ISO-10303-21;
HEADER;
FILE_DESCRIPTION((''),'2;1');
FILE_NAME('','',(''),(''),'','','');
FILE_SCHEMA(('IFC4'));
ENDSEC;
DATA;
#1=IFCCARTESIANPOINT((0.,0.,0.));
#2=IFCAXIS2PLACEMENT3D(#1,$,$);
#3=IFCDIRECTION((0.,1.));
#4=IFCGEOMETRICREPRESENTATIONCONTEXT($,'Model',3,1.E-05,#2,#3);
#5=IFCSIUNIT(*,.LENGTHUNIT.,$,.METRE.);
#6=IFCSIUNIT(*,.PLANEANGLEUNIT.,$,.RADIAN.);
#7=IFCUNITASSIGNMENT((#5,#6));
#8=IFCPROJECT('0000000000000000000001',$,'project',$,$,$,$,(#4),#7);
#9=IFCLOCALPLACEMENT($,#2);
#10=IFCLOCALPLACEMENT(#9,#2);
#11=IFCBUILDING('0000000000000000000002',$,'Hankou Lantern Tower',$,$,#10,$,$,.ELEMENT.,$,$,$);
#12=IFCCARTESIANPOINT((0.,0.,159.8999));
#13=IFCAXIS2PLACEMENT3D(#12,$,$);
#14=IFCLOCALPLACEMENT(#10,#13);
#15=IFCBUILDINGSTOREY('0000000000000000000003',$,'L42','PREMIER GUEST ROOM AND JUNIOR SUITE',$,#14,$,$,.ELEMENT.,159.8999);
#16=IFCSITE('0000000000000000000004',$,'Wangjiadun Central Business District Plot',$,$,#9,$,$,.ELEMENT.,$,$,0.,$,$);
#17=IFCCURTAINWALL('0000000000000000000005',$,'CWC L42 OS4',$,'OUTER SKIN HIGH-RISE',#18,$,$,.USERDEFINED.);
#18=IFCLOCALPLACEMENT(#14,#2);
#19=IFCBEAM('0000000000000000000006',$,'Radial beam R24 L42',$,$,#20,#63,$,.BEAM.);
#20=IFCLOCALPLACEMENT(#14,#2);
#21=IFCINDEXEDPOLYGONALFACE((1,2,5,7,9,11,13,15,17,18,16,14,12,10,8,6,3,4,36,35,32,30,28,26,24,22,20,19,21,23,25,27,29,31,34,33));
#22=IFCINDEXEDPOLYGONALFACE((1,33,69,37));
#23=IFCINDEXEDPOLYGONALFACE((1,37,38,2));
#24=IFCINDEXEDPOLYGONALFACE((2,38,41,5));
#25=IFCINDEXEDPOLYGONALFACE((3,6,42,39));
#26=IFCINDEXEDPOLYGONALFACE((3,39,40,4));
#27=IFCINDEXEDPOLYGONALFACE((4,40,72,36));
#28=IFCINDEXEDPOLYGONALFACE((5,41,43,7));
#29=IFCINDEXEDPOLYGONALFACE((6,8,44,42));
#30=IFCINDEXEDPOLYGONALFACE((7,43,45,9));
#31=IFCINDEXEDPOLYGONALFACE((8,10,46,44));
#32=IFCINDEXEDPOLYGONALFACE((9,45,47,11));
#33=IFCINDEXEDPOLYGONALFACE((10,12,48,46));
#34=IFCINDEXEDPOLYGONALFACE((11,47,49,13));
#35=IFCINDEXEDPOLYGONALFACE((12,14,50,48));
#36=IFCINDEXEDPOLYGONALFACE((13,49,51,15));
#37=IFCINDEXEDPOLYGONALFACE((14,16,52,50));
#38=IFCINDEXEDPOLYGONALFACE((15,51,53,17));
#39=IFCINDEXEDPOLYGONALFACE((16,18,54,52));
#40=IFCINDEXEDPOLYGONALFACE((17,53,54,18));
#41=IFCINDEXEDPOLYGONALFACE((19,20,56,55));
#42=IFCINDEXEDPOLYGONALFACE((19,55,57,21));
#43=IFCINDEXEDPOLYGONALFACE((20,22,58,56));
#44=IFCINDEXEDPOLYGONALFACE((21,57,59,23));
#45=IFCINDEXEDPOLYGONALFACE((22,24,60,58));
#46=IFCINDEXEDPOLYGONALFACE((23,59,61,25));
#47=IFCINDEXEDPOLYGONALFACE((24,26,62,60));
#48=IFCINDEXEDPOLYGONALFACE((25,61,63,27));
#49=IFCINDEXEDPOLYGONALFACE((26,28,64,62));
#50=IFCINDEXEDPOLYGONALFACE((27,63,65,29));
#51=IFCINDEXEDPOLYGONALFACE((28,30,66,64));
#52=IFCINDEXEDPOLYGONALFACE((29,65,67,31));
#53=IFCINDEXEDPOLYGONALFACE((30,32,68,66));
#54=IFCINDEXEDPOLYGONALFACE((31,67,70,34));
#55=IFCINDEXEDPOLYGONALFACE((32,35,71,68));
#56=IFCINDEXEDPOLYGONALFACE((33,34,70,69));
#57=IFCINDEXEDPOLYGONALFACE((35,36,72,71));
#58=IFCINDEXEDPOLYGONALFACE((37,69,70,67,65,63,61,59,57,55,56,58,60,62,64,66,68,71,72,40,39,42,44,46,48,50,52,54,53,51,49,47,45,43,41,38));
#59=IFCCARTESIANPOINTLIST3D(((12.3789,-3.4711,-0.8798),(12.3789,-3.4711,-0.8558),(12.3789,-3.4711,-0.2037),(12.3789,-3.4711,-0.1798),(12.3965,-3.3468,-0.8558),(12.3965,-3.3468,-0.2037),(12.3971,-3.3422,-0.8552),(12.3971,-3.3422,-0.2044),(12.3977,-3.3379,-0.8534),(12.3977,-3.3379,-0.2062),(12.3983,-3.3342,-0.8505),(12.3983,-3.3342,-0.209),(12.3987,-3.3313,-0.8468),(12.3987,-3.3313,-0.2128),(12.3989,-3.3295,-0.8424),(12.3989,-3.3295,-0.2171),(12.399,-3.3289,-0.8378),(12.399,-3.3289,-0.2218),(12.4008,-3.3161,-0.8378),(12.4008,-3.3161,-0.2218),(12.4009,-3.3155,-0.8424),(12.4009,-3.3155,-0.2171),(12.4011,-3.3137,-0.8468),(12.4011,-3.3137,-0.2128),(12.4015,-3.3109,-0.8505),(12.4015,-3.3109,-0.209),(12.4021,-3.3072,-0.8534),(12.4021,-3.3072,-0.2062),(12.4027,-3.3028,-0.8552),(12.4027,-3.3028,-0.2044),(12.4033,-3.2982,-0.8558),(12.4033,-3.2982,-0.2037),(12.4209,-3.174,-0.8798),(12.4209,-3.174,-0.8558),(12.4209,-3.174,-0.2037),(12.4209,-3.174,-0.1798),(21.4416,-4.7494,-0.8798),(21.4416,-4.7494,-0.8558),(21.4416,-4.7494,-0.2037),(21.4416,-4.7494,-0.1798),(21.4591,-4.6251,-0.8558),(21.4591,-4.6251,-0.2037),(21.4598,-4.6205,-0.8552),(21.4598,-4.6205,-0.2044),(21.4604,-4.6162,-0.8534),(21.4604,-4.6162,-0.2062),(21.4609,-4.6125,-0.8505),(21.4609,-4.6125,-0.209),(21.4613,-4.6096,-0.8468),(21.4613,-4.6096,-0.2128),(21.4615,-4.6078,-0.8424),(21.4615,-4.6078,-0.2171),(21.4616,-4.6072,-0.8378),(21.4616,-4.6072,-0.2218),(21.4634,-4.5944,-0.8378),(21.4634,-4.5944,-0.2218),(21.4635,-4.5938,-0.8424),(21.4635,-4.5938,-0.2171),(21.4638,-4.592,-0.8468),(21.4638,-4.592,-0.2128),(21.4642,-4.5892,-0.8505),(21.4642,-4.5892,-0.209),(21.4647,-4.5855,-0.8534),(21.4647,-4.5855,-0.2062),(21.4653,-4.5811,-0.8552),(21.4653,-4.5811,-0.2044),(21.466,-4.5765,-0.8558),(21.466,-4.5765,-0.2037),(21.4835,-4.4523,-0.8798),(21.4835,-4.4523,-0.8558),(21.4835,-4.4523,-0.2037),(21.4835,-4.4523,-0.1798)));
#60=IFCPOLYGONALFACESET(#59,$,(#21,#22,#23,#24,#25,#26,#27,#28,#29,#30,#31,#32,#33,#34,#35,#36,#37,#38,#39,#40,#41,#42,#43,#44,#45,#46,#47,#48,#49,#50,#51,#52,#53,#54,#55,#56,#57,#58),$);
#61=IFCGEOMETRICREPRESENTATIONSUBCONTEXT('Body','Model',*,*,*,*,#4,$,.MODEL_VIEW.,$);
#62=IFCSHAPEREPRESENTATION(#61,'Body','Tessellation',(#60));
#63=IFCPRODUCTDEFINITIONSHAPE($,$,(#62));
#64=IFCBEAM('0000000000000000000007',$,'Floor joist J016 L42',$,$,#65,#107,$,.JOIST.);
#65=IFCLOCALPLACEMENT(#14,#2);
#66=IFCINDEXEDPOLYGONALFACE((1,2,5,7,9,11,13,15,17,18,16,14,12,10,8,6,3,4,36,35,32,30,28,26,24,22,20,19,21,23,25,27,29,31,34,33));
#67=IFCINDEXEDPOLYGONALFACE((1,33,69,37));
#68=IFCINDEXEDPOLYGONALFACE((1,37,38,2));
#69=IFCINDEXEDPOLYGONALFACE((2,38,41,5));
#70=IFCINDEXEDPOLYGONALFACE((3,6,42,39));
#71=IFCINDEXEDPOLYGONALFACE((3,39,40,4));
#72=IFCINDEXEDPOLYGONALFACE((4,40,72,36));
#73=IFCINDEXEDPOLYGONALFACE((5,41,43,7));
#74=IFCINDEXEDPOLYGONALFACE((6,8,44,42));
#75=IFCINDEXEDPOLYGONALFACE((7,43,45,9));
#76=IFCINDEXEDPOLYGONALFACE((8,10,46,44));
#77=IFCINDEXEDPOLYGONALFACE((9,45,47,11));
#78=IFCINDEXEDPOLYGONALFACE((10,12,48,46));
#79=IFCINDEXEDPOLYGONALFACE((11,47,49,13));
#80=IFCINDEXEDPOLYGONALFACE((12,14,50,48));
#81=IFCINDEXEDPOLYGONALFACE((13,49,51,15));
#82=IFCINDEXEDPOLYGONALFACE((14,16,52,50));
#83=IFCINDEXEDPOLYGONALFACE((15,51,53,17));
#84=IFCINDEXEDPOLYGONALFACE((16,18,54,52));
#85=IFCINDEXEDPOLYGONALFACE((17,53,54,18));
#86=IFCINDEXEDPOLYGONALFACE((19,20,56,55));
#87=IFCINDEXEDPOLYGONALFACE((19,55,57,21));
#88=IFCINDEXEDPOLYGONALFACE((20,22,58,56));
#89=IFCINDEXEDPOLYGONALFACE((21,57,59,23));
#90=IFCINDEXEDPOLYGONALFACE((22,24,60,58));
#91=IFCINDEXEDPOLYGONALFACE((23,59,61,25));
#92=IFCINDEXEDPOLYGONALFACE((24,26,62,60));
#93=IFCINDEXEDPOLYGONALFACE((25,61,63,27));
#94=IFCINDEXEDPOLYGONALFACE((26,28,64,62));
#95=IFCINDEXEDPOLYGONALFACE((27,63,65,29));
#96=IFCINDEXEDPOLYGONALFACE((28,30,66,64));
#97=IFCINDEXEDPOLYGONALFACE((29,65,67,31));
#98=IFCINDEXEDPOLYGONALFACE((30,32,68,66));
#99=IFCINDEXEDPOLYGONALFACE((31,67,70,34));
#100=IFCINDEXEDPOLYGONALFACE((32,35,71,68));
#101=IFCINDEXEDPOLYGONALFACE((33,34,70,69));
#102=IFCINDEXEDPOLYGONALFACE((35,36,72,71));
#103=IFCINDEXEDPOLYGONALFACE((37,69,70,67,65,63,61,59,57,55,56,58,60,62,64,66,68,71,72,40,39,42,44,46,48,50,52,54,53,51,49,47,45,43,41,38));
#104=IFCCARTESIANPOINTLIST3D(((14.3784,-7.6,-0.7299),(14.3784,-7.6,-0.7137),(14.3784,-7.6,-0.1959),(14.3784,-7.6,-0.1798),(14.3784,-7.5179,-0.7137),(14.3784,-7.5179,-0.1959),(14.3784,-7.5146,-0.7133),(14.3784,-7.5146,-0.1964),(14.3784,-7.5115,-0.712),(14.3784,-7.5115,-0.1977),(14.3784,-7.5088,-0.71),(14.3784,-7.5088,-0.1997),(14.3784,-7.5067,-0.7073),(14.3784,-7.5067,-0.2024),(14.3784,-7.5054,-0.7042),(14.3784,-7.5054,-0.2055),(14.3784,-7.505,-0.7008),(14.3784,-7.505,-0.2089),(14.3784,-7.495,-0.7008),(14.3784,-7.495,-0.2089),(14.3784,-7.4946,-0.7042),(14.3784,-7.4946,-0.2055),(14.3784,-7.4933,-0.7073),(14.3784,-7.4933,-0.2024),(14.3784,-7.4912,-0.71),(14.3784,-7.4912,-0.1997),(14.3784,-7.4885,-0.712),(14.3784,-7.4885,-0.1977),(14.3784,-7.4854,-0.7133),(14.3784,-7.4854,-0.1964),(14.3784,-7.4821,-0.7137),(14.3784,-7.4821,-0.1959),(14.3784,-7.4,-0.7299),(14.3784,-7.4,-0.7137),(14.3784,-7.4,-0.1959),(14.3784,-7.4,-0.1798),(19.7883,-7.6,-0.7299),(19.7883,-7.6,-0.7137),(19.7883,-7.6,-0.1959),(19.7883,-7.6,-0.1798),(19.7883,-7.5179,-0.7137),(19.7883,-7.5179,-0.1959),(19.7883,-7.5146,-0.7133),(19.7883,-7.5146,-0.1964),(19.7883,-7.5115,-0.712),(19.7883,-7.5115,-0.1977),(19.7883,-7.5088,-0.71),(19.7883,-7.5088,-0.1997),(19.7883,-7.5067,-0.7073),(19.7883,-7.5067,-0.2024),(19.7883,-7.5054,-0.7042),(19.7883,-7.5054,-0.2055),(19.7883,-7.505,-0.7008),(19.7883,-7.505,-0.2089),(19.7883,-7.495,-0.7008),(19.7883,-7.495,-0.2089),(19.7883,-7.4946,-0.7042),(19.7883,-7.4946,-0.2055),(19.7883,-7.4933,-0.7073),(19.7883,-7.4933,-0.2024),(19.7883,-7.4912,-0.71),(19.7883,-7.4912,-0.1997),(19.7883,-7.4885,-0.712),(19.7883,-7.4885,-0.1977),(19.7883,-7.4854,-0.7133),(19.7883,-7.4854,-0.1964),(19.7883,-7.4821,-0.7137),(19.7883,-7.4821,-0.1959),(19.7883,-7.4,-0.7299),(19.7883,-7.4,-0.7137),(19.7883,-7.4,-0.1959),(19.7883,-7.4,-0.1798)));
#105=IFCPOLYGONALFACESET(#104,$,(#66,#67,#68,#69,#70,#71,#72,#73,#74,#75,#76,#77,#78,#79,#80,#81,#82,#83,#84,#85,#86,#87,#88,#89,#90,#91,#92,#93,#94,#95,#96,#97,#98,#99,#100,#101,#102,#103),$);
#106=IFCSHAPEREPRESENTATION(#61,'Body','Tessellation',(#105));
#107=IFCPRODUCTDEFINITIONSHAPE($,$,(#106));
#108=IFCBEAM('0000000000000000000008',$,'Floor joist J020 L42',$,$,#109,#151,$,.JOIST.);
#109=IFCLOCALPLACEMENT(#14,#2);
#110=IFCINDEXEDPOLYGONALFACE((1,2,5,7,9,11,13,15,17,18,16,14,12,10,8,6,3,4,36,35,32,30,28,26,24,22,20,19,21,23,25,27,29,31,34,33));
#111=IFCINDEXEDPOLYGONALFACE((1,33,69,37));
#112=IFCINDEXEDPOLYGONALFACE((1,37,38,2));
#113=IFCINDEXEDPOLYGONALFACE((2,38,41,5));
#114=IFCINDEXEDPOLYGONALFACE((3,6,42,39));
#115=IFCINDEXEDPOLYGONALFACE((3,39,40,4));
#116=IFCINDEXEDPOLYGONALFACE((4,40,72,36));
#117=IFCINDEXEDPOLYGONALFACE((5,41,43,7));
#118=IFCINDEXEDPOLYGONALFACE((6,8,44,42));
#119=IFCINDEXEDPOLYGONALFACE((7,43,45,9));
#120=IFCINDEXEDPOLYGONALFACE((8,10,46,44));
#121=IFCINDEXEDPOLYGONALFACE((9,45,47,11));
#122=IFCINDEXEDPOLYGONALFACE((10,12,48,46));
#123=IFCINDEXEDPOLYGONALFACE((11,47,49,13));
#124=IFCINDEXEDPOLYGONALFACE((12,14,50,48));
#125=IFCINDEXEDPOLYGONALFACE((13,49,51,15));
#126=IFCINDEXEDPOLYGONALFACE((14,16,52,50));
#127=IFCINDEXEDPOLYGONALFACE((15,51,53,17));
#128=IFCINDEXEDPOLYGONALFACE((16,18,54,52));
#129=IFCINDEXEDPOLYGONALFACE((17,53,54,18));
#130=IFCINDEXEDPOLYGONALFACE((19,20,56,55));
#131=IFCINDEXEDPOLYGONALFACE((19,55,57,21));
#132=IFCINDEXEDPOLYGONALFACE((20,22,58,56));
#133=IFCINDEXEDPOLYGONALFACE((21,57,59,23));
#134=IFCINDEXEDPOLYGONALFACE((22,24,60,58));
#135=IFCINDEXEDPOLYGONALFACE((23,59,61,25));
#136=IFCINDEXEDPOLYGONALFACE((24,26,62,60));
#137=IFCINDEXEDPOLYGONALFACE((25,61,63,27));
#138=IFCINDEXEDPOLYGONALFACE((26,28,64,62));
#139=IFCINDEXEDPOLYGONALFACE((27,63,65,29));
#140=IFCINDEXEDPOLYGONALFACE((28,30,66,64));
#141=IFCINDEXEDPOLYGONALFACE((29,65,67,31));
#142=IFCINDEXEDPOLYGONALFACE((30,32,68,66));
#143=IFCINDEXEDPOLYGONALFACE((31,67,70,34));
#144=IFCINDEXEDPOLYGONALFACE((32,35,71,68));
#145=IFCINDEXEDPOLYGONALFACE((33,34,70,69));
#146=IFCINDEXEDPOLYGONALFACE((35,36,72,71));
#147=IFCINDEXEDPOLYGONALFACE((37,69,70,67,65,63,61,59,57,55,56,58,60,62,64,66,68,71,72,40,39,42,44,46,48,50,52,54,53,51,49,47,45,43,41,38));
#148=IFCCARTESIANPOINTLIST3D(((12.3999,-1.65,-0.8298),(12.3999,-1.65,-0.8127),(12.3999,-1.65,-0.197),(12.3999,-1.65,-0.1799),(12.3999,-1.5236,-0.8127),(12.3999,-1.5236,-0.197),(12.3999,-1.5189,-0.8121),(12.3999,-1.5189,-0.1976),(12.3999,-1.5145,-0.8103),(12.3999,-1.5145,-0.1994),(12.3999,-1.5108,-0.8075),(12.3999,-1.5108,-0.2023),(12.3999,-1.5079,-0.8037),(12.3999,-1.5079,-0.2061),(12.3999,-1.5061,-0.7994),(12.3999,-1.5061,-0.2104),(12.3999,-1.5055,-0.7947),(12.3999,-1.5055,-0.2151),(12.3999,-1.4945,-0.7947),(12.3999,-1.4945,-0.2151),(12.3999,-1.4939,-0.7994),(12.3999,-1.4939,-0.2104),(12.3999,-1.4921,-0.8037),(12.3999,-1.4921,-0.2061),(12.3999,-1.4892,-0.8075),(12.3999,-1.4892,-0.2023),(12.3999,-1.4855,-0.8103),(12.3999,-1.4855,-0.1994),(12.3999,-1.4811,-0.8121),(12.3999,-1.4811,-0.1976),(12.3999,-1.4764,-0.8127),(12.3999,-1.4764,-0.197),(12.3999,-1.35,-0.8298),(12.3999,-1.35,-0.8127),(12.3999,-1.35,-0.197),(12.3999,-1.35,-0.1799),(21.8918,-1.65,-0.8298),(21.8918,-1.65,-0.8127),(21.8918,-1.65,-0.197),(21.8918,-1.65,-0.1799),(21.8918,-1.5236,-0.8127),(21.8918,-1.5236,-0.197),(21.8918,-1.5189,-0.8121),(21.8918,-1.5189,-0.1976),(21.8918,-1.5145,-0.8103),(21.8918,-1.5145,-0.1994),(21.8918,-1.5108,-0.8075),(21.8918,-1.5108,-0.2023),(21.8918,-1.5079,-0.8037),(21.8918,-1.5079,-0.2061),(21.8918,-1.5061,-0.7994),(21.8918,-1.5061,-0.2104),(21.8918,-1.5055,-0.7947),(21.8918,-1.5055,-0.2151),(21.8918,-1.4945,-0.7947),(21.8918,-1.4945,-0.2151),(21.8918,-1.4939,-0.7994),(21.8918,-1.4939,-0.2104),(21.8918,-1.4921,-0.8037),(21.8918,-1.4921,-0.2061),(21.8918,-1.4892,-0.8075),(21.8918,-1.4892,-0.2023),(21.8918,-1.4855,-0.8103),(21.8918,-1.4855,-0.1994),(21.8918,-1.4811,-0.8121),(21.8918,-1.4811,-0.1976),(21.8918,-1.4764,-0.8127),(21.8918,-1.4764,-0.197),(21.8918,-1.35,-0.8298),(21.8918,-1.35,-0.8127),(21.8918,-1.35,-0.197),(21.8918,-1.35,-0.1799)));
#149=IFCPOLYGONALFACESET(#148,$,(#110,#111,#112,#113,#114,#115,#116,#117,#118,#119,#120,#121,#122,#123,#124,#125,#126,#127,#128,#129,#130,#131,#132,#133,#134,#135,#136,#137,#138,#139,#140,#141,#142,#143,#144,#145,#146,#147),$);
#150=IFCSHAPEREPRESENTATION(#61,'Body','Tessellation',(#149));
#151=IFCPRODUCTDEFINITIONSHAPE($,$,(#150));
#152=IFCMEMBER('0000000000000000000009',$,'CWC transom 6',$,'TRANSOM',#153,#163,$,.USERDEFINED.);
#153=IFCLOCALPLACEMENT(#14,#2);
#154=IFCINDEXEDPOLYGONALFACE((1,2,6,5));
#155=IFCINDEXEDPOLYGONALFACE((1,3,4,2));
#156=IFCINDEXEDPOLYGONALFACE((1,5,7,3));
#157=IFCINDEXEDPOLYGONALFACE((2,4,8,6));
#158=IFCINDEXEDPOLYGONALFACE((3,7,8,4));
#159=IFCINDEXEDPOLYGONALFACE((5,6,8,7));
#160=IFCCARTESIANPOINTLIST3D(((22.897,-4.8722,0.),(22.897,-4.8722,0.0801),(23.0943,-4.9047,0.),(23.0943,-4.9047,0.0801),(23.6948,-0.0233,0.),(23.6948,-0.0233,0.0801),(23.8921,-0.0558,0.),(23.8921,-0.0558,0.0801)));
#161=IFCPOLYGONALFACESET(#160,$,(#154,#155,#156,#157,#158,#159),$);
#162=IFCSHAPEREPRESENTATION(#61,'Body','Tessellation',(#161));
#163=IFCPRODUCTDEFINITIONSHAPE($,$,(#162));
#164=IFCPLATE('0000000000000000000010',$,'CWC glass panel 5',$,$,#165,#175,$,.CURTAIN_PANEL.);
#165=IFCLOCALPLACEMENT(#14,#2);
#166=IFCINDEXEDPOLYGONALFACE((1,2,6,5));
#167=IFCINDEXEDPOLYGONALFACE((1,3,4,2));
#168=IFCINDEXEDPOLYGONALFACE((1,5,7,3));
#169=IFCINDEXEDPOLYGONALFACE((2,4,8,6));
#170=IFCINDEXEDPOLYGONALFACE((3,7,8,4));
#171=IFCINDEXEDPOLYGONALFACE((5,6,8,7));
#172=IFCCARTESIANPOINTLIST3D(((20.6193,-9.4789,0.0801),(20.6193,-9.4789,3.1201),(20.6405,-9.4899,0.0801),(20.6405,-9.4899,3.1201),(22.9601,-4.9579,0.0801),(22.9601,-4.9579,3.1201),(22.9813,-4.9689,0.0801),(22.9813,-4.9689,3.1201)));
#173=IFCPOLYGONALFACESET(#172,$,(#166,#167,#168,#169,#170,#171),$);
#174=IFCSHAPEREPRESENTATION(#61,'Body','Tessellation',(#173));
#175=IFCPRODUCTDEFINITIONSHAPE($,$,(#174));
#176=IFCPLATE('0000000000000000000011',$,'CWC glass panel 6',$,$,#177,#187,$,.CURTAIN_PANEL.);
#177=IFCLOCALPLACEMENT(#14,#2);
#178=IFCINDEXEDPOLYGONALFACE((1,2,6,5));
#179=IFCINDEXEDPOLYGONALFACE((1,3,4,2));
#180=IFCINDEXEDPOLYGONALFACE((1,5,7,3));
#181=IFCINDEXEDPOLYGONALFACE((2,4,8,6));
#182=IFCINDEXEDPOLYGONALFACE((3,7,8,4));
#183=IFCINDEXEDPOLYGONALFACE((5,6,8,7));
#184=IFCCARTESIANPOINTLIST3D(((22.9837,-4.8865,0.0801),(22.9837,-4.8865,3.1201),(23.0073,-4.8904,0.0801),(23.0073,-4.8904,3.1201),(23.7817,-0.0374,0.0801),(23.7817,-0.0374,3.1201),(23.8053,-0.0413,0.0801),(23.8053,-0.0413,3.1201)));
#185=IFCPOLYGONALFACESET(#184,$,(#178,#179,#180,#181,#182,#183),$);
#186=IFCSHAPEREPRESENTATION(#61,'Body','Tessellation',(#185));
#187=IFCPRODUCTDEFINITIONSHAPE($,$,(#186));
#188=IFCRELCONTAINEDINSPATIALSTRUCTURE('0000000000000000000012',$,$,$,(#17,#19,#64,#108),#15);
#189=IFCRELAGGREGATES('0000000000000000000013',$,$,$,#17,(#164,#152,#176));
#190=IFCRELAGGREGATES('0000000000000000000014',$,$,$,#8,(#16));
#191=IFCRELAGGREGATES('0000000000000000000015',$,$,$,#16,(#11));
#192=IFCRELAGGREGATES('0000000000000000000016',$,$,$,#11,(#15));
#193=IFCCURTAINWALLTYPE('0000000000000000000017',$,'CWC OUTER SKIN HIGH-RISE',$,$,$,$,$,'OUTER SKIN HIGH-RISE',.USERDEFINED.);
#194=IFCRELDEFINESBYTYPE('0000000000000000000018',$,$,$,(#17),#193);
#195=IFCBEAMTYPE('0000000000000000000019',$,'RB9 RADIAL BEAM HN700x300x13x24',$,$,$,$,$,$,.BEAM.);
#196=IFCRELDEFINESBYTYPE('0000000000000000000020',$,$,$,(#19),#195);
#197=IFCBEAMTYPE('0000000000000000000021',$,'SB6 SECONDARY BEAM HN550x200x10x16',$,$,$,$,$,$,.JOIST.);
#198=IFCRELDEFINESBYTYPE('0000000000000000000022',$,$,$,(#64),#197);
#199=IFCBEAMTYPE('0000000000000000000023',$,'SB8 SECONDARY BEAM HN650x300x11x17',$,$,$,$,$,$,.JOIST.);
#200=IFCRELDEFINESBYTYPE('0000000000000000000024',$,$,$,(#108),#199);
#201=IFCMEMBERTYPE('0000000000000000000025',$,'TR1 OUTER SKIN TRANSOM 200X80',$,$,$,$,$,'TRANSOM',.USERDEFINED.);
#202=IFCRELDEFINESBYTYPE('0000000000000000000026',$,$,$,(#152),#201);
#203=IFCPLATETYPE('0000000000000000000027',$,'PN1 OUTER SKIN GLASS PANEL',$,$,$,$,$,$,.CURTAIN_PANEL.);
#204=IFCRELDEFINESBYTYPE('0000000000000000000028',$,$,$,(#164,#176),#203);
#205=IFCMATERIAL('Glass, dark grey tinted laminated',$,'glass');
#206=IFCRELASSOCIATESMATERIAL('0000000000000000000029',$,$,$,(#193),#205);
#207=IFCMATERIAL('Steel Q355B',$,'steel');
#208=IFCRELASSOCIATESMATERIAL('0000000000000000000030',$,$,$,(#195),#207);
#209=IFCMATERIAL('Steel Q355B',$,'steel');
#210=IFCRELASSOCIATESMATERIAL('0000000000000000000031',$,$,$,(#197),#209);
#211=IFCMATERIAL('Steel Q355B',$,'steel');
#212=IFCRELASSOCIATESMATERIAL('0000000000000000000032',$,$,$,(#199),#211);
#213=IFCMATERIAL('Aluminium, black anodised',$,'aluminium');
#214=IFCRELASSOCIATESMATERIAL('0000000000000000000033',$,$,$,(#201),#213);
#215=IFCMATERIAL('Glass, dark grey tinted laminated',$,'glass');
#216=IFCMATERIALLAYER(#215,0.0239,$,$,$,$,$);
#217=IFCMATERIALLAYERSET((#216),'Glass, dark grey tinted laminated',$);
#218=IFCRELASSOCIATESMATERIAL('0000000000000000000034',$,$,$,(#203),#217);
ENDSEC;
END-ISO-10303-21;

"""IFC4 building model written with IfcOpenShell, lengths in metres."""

from ifc_helpers import new_model, si_unit, direction, frame, origin, origin_2d, place, context, subcontext, project, spatial, rectangle, i_section, extrude, material, layer, layer_set, material_profile, profile_set, type_object, element, aggregate, save


model = new_model("IFC4")

# Units and contexts
model_context = context("Model", 3, precision=1e-05, world=origin(), true_north=direction((0.0, 1.0)))
body_context = subcontext(model_context, "Body", "Model", "MODEL_VIEW")
ifc_project = project(units=[si_unit("LENGTHUNIT", "METRE"), si_unit("PLANEANGLEUNIT", "RADIAN")], contexts=[model_context])

# Site, building, storey
site_placement = place(None, origin())
site = spatial("IfcSite", under=ifc_project, at=site_placement, Name="Wangjiadun Central Business District Plot", CompositionType="ELEMENT", RefElevation=0.0)
building_placement = place(site_placement, origin())
building = spatial("IfcBuilding", under=site, at=building_placement, Name="Hankou Lantern Tower", CompositionType="ELEMENT")
storey_placement = place(building_placement, frame((0.0, 0.0, 159.8999)))
storey = spatial("IfcBuildingStorey", under=building, at=storey_placement, Name="L42", Description="PREMIER GUEST ROOM AND JUNIOR SUITE", CompositionType="ELEMENT", Elevation=159.8999)

# Curtain wall
ifc_material_1 = material(Name="Glass, dark grey tinted laminated", Category="glass")
curtain_wall_type = type_object("IfcCurtainWallType", Name="CWC OUTER SKIN HIGH-RISE", ElementType="OUTER SKIN HIGH-RISE", PredefinedType="USERDEFINED", material=ifc_material_1)
curtain_wall_placement = place(storey_placement, origin())
curtain_wall = element("IfcCurtainWall", 1, at=curtain_wall_placement, inside=storey, type_object=curtain_wall_type, Name="CWC L42 OS4", ObjectType="OUTER SKIN HIGH-RISE", PredefinedType="USERDEFINED")

# Beams
ifc_material_2 = material(Name="Steel Q355B", Category="steel")
ifc_material_profile_1 = material_profile(ifc_material_2, i_section(OverallWidth=0.3, OverallDepth=0.7, WebThickness=0.0129, FlangeThickness=0.0239, FilletRadius=0.0181, at=origin_2d()), Name="HN700x300x13x24")
ifc_profile_set_1 = profile_set([ifc_material_profile_1], Name="Steel Q355B")
beam_type_1 = type_object("IfcBeamType", Name="RB9 RADIAL BEAM HN700x300x13x24", PredefinedType="BEAM", material=ifc_profile_set_1)
beam_1_placement = place(storey_placement, frame((12.3999, -3.3225, -0.5298), z_axis=(0.990198, -0.13967, 0.0), x_axis=(0.13967, 0.990198, 0.0)))
element("IfcBeam", 2, at=beam_1_placement, inside=storey, type_object=beam_type_1, Name="Radial beam R24 L42", PredefinedType="BEAM", context=body_context, shape_type="SweptSolid", body=[
    extrude(i_section(OverallWidth=0.3, OverallDepth=0.7, WebThickness=0.0129, FlangeThickness=0.0239, FilletRadius=0.0181, at=origin_2d()), origin(), (0.0, 0.0, 1.0), 9.1523),
])
ifc_material_3 = material(Name="Steel Q355B", Category="steel")
ifc_material_profile_2 = material_profile(ifc_material_3, i_section(OverallWidth=0.2, OverallDepth=0.55, WebThickness=0.01, FlangeThickness=0.0161, FilletRadius=0.0129, at=origin_2d()), Name="HN550x200x10x16")
ifc_profile_set_2 = profile_set([ifc_material_profile_2], Name="Steel Q355B")
beam_type_2 = type_object("IfcBeamType", Name="SB6 SECONDARY BEAM HN550x200x10x16", PredefinedType="JOIST", material=ifc_profile_set_2)
beam_2_placement = place(storey_placement, frame((14.3784, -7.5, -0.4548), z_axis=(1.0, 0.0, 0.0), x_axis=(0.0, 1.0, 0.0)))
element("IfcBeam", 3, at=beam_2_placement, inside=storey, type_object=beam_type_2, Name="Floor joist J016 L42", PredefinedType="JOIST", context=body_context, shape_type="SweptSolid", body=[
    extrude(i_section(OverallWidth=0.2, OverallDepth=0.55, WebThickness=0.01, FlangeThickness=0.0161, FilletRadius=0.0129, at=origin_2d()), origin(), (0.0, 0.0, 1.0), 5.4099),
])
ifc_material_4 = material(Name="Steel Q355B", Category="steel")
ifc_material_profile_3 = material_profile(ifc_material_4, i_section(OverallWidth=0.3, OverallDepth=0.6499, WebThickness=0.011, FlangeThickness=0.0171, FilletRadius=0.0181, at=origin_2d()), Name="HN650x300x11x17")
ifc_profile_set_3 = profile_set([ifc_material_profile_3], Name="Steel Q355B")
beam_type_3 = type_object("IfcBeamType", Name="SB8 SECONDARY BEAM HN650x300x11x17", PredefinedType="JOIST", material=ifc_profile_set_3)
beam_3_placement = place(storey_placement, frame((12.3999, -1.5, -0.5049), z_axis=(1.0, 0.0, 0.0), x_axis=(0.0, 1.0, 0.0)))
element("IfcBeam", 4, at=beam_3_placement, inside=storey, type_object=beam_type_3, Name="Floor joist J020 L42", PredefinedType="JOIST", context=body_context, shape_type="SweptSolid", body=[
    extrude(i_section(OverallWidth=0.3, OverallDepth=0.6499, WebThickness=0.011, FlangeThickness=0.0171, FilletRadius=0.0181, at=origin_2d()), origin(), (0.0, 0.0, 1.0), 9.4919),
])

# Member
ifc_material_5 = material(Name="Aluminium, black anodised", Category="aluminium")
ifc_material_profile_4 = material_profile(ifc_material_5, rectangle(XDim=0.2, YDim=0.0801, at=origin_2d()), Name="TR1 200X80")
ifc_profile_set_4 = profile_set([ifc_material_profile_4], Name="Aluminium, black anodised")
member_type_1 = type_object("IfcMemberType", Name="TR1 OUTER SKIN TRANSOM 200X80", ElementType="TRANSOM", PredefinedType="USERDEFINED", material=ifc_profile_set_4)
member_1_placement = place(storey_placement, frame((22.9956, -4.8884, 0.04), z_axis=(0.16236, 0.986732, 0.0), x_axis=(-0.986732, 0.16236, 0.0)))
member_1 = element("IfcMember", 5, at=member_1_placement, type_object=member_type_1, Name="CWC transom 6", ObjectType="TRANSOM", PredefinedType="USERDEFINED", context=body_context, shape_type="SweptSolid", body=[
    extrude(rectangle(XDim=0.2, YDim=0.0801, at=origin_2d()), origin(), (0.0, 0.0, 1.0), 4.9141),
])

# Plates
ifc_material_6 = material(Name="Glass, dark grey tinted laminated", Category="glass")
ifc_layer_1 = layer(ifc_material_6, 0.0239)
ifc_layer_set_1 = layer_set([ifc_layer_1], Name="Glass, dark grey tinted laminated")
plate_type = type_object("IfcPlateType", Name="PN1 OUTER SKIN GLASS PANEL", PredefinedType="CURTAIN_PANEL", material=ifc_layer_set_1)
plate_1_placement = place(storey_placement, frame((21.8003, -7.2239, 0.0801), z_axis=(0.0, 0.0, 1.0), x_axis=(0.459791, 0.888027, 0.0)))
plate_1 = element("IfcPlate", 6, at=plate_1_placement, type_object=plate_type, Name="CWC glass panel 5", PredefinedType="CURTAIN_PANEL", context=body_context, shape_type="SweptSolid", body=[
    extrude(rectangle(XDim=5.0911, YDim=0.0239, at=origin_2d()), origin(), (0.0, 0.0, 1.0), 3.04),
])
plate_2_placement = place(storey_placement, frame((23.3945, -2.4639, 0.0801), z_axis=(0.0, 0.0, 1.0), x_axis=(0.162382, 0.986728, 0.0)))
plate_2 = element("IfcPlate", 7, at=plate_2_placement, type_object=plate_type, Name="CWC glass panel 6", PredefinedType="CURTAIN_PANEL", context=body_context, shape_type="SweptSolid", body=[
    extrude(rectangle(XDim=4.9143, YDim=0.0239, at=origin_2d()), origin(), (0.0, 0.0, 1.0), 3.04),
])
aggregate(curtain_wall, [plate_1, member_1, plate_2])

save(model, "model.ifc")
